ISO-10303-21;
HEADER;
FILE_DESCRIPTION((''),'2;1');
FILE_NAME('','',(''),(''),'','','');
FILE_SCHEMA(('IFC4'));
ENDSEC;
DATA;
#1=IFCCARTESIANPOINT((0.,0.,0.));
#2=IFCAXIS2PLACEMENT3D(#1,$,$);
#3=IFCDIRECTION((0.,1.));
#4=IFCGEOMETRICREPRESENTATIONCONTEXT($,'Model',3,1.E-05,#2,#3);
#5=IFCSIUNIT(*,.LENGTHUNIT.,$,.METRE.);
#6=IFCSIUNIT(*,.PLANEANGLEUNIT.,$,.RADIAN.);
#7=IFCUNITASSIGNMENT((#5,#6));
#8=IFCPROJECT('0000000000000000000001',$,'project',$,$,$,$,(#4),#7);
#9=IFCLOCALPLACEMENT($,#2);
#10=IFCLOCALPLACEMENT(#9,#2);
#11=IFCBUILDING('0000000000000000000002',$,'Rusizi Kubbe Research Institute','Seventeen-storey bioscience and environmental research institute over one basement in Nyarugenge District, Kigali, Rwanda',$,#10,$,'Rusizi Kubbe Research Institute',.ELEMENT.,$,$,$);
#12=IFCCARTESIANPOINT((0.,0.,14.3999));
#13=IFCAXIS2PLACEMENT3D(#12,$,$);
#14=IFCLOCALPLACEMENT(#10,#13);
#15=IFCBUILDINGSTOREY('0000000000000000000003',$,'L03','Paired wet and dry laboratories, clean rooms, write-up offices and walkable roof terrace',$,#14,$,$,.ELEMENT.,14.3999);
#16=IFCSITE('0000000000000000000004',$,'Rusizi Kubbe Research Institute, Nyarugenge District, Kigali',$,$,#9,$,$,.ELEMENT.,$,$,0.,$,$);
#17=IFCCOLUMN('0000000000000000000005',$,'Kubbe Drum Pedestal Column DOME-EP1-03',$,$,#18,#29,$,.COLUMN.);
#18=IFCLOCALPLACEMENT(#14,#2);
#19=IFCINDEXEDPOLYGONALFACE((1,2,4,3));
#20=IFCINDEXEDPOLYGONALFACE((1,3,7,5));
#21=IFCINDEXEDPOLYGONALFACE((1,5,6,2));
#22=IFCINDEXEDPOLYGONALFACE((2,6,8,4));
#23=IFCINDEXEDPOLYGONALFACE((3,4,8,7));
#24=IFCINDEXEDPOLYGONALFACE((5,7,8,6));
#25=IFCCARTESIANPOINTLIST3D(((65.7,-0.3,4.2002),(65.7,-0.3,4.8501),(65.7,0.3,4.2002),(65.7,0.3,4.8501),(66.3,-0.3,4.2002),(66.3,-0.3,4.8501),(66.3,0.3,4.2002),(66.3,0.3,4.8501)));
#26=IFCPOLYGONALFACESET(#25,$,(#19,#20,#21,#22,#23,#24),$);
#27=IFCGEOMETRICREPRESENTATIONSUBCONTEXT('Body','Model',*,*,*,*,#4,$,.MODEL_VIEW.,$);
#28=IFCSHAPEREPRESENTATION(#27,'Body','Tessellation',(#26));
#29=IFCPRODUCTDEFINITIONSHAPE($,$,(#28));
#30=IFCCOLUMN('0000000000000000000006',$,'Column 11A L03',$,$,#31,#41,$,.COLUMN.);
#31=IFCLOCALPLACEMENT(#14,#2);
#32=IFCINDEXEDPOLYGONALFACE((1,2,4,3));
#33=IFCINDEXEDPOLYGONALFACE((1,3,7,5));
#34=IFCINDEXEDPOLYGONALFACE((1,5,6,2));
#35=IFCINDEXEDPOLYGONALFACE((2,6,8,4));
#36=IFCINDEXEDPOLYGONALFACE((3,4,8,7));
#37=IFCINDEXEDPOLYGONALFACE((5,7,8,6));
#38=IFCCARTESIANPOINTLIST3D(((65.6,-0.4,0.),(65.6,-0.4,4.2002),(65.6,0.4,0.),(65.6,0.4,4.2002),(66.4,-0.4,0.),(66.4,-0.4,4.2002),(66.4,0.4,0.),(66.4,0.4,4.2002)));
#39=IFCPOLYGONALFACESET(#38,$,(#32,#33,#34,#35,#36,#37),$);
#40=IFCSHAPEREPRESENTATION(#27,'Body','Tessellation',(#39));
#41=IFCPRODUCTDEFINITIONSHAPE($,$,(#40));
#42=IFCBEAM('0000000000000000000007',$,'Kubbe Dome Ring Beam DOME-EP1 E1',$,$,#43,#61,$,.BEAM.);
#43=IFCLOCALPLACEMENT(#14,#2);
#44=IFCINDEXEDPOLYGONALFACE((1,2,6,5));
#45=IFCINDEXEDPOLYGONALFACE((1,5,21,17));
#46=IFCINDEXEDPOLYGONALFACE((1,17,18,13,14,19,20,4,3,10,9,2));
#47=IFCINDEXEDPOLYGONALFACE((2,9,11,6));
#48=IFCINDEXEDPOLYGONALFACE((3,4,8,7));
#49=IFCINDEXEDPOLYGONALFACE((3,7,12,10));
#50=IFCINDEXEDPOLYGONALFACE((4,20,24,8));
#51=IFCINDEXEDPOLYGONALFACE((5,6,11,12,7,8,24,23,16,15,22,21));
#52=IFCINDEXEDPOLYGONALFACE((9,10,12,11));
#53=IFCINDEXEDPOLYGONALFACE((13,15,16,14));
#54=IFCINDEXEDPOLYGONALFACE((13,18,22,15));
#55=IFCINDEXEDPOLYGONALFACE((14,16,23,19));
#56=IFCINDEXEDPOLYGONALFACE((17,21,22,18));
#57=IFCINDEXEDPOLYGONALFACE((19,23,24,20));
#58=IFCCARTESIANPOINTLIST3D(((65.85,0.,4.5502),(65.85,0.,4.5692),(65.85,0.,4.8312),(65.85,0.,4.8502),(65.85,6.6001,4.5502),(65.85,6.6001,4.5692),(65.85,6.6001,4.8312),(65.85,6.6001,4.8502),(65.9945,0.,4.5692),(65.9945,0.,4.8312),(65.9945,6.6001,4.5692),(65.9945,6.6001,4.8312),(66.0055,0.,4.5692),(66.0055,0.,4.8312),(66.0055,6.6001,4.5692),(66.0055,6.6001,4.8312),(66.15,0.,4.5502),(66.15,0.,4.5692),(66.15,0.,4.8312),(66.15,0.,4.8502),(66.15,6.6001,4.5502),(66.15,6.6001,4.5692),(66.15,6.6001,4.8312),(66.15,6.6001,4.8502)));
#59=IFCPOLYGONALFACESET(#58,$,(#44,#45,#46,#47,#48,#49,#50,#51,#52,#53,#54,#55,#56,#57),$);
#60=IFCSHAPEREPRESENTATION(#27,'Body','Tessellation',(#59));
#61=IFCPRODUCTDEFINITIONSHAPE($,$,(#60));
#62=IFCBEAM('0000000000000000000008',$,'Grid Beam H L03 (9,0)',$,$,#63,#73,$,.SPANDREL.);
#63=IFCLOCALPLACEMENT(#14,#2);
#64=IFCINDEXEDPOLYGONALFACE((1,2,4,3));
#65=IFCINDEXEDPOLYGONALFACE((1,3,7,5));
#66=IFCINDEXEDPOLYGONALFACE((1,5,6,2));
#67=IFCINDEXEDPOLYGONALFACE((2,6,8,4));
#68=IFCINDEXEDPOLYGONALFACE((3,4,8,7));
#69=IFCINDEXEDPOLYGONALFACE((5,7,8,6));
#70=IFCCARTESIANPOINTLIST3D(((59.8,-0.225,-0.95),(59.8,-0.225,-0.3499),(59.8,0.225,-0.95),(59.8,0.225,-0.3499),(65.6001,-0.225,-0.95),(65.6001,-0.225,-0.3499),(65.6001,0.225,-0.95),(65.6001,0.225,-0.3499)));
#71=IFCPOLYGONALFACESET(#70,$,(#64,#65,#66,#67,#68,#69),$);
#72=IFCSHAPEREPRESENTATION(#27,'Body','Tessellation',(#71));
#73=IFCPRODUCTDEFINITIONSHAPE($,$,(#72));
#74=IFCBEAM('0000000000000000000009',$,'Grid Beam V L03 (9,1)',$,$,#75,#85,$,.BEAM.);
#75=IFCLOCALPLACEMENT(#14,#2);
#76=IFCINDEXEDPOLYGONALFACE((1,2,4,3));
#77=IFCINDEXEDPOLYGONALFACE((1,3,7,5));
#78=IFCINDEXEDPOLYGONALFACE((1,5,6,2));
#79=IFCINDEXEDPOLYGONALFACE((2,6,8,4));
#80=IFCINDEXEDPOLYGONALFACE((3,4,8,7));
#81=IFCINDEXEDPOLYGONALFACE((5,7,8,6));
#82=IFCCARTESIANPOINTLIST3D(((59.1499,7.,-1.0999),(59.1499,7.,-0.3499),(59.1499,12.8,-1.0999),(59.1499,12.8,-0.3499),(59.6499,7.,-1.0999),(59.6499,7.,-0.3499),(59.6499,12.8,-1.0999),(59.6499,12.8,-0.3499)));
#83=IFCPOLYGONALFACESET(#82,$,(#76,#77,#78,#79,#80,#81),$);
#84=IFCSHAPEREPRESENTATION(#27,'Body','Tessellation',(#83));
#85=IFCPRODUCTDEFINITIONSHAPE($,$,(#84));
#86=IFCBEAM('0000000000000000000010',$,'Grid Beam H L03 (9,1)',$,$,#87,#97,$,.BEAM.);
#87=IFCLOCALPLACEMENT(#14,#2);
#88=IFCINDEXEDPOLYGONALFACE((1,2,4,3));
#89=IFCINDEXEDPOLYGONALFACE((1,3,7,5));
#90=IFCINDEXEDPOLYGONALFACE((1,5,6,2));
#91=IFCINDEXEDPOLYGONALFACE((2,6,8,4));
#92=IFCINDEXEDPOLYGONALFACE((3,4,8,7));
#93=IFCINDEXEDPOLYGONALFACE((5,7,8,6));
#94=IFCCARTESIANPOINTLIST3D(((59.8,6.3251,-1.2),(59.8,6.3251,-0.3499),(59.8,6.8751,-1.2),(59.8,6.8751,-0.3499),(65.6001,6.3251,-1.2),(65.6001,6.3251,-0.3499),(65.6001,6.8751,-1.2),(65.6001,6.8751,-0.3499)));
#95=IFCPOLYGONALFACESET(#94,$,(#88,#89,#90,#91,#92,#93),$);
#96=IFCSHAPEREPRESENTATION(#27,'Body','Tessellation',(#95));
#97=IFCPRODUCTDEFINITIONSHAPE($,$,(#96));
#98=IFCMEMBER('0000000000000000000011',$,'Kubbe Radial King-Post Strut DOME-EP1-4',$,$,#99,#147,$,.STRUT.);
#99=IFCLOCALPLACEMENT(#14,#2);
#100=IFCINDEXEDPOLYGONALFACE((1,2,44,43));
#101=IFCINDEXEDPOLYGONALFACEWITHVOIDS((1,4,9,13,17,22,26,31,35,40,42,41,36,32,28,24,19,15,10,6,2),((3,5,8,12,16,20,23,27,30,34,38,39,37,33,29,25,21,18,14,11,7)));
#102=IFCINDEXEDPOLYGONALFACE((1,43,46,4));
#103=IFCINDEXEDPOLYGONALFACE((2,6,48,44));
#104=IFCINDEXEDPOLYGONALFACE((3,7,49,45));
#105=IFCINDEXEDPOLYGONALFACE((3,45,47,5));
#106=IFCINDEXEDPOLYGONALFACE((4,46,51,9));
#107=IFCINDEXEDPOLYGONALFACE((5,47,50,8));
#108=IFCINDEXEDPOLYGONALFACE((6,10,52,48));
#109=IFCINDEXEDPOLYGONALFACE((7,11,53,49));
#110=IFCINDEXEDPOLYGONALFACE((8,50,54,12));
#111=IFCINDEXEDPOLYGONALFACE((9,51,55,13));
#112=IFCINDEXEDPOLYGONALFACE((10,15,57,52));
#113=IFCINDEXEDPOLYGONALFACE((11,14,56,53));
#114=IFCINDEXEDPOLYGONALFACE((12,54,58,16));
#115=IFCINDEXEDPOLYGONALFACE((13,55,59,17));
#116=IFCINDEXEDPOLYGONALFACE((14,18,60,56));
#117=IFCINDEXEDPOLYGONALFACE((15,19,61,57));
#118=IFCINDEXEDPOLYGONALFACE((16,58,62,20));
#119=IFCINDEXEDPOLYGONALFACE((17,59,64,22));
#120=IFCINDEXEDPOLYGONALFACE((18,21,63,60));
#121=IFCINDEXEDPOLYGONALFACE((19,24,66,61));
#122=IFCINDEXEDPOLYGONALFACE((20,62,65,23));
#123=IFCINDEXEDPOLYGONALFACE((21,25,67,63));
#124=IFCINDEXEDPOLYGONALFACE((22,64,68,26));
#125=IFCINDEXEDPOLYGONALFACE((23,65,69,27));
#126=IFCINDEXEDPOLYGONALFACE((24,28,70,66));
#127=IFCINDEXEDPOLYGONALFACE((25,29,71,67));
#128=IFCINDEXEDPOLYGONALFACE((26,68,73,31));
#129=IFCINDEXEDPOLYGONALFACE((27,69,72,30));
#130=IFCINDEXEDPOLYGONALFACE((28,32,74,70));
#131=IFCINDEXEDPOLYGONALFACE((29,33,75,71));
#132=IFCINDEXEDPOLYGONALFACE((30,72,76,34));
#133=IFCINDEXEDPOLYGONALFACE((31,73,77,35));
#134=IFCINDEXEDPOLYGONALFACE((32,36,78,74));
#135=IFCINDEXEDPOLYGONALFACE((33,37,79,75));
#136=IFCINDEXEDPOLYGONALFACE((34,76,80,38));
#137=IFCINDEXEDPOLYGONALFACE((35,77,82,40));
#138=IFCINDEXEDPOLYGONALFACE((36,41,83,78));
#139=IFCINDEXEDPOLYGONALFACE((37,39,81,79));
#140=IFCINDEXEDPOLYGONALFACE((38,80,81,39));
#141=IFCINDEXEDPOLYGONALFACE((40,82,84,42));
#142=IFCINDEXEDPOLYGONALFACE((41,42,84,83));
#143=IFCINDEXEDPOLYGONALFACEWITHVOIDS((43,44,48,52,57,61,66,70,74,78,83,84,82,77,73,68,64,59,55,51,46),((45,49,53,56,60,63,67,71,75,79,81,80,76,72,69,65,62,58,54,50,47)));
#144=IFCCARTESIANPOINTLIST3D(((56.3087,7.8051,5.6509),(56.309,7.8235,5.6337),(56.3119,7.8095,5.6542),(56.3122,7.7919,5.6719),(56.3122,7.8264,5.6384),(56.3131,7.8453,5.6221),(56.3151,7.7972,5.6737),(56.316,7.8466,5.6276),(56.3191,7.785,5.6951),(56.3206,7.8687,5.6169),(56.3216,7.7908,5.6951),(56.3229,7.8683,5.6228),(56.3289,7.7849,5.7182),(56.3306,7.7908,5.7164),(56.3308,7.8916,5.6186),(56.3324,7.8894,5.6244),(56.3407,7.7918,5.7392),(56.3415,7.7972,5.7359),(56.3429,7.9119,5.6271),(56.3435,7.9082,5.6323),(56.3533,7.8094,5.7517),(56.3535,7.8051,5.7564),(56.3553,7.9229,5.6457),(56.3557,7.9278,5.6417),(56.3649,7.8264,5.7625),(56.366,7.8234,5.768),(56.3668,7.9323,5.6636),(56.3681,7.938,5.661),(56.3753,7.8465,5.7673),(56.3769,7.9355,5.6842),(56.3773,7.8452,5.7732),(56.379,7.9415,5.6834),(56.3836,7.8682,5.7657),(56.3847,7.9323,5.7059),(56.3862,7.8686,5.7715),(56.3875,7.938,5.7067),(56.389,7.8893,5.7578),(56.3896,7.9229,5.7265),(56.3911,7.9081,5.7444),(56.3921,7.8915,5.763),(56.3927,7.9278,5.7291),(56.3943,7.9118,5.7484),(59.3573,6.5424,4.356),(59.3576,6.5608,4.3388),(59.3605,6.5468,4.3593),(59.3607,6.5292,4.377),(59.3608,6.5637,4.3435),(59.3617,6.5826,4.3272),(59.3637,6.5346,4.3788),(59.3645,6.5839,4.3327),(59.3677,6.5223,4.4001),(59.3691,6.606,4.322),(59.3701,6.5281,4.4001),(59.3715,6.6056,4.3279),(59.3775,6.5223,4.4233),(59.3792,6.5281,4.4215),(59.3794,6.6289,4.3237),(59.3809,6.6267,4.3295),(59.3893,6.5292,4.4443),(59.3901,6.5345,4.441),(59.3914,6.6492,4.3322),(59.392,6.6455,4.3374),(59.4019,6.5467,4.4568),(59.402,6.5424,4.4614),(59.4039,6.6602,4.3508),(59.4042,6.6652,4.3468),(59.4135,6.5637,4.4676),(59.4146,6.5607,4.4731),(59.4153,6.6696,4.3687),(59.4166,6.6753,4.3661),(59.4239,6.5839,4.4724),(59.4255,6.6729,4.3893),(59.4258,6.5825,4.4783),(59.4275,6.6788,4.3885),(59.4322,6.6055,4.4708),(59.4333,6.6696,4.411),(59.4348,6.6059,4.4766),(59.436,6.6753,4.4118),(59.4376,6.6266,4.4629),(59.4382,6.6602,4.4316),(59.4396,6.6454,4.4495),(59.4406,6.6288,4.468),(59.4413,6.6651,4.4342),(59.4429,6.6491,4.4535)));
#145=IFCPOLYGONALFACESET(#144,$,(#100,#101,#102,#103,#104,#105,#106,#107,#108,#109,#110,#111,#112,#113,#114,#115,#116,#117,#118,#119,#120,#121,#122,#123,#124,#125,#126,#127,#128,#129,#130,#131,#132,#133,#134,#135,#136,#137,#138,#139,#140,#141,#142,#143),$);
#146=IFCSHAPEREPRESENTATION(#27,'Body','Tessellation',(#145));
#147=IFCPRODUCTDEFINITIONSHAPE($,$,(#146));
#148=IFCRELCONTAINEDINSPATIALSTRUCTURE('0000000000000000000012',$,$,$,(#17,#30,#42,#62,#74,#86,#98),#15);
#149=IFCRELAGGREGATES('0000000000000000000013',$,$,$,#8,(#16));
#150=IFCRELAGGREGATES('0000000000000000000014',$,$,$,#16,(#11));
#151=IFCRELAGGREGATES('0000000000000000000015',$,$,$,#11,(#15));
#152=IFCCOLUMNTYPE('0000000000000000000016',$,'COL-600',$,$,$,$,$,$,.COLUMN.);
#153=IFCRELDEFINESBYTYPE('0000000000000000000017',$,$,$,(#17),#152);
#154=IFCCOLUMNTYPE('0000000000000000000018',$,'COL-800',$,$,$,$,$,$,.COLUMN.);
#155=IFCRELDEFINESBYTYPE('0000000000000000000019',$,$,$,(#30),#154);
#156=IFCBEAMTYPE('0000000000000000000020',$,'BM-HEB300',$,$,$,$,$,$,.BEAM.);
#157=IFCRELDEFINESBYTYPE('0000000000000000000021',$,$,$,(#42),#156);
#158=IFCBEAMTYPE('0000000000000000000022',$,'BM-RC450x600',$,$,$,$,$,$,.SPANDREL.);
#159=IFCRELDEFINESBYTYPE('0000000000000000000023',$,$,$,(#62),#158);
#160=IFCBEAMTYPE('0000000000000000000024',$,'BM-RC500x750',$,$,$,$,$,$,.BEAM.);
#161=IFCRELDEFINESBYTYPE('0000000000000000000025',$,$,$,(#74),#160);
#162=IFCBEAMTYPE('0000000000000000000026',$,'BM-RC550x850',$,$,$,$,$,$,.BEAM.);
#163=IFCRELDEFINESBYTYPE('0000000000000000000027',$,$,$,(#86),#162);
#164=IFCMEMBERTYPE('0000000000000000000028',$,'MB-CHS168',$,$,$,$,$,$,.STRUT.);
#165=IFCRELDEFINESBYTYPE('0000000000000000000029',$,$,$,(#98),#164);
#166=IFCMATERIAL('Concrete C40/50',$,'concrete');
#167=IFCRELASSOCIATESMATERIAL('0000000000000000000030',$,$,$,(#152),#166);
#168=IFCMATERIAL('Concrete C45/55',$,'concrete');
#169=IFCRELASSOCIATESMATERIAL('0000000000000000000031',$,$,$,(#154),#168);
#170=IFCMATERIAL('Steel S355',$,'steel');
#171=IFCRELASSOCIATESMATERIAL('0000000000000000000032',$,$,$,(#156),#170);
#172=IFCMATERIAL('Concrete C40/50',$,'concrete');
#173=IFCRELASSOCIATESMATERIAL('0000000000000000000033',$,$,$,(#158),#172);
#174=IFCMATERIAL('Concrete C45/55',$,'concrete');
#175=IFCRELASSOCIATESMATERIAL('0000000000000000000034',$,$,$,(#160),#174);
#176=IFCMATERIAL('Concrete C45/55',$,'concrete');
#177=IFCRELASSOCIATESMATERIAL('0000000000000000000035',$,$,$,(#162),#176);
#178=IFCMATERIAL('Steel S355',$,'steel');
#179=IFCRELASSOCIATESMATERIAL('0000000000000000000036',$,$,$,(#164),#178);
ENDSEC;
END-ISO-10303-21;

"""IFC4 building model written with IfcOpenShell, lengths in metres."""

from ifc_helpers import new_model, si_unit, direction, frame, origin, origin_2d, place, context, subcontext, project, spatial, rectangle, hollow_circle, i_section, extrude, material, material_profile, profile_set, type_object, element, save


model = new_model("IFC4")

# Units and contexts
model_context = context("Model", 3, precision=1e-05, world=origin(), true_north=direction((0.0, 1.0)))
body_context = subcontext(model_context, "Body", "Model", "MODEL_VIEW")
ifc_project = project(units=[si_unit("LENGTHUNIT", "METRE"), si_unit("PLANEANGLEUNIT", "RADIAN")], contexts=[model_context])

# Site, building, storey
site_placement = place(None, origin())
site = spatial("IfcSite", under=ifc_project, at=site_placement, Name="Rusizi Kubbe Research Institute, Nyarugenge District, Kigali", CompositionType="ELEMENT", RefElevation=0.0)
building_placement = place(site_placement, origin())
building = spatial("IfcBuilding", under=site, at=building_placement, Name="Rusizi Kubbe Research Institute", Description="Seventeen-storey bioscience and environmental research institute over one basement in Nyarugenge District, Kigali, Rwanda", LongName="Rusizi Kubbe Research Institute", CompositionType="ELEMENT")
storey_placement = place(building_placement, frame((0.0, 0.0, 14.3999)))
storey = spatial("IfcBuildingStorey", under=building, at=storey_placement, Name="L03", Description="Paired wet and dry laboratories, clean rooms, write-up offices and walkable roof terrace", CompositionType="ELEMENT", Elevation=14.3999)

# Columns
ifc_material_1 = material(Name="Concrete C40/50", Category="concrete")
ifc_material_profile_1 = material_profile(ifc_material_1, rectangle(XDim=0.6001, YDim=0.6001, at=origin_2d()), Name="RC600x600")
ifc_profile_set_1 = profile_set([ifc_material_profile_1], Name="Concrete C40/50")
column_type_1 = type_object("IfcColumnType", Name="COL-600", PredefinedType="COLUMN", material=ifc_profile_set_1)
column_1_placement = place(storey_placement, frame((66.0, 0.0, 4.2002), z_axis=(0.0, 0.0, 1.0), x_axis=(1.0, 0.0, 0.0)))
element("IfcColumn", 1, at=column_1_placement, inside=storey, type_object=column_type_1, Name="Kubbe Drum Pedestal Column DOME-EP1-03", PredefinedType="COLUMN", context=body_context, shape_type="SweptSolid", body=[
    extrude(rectangle(XDim=0.6001, YDim=0.6001, at=origin_2d()), origin(), (0.0, 0.0, 1.0), 0.6499),
])
ifc_material_2 = material(Name="Concrete C45/55", Category="concrete")
ifc_material_profile_2 = material_profile(ifc_material_2, rectangle(XDim=0.8, YDim=0.8, at=origin_2d()), Name="RC800x800")
ifc_profile_set_2 = profile_set([ifc_material_profile_2], Name="Concrete C45/55")
column_type_2 = type_object("IfcColumnType", Name="COL-800", PredefinedType="COLUMN", material=ifc_profile_set_2)
column_2_placement = place(storey_placement, frame((66.0, 0.0, 0.0), z_axis=(0.0, 0.0, 1.0), x_axis=(1.0, 0.0, 0.0)))
element("IfcColumn", 2, at=column_2_placement, inside=storey, type_object=column_type_2, Name="Column 11A L03", PredefinedType="COLUMN", context=body_context, shape_type="SweptSolid", body=[
    extrude(rectangle(XDim=0.8, YDim=0.8, at=origin_2d()), origin(), (0.0, 0.0, 1.0), 4.2002),
])

# Beams
ifc_material_3 = material(Name="Steel S355", Category="steel")
ifc_material_profile_3 = material_profile(ifc_material_3, i_section(OverallWidth=0.3, OverallDepth=0.3, WebThickness=0.011, FlangeThickness=0.019, at=origin_2d()), Name="HEB 300")
ifc_profile_set_3 = profile_set([ifc_material_profile_3], Name="Steel S355")
beam_type_1 = type_object("IfcBeamType", Name="BM-HEB300", PredefinedType="BEAM", material=ifc_profile_set_3)
beam_1_placement = place(storey_placement, frame((66.0, 0.0, 4.7002), z_axis=(0.0, 1.0, 0.0), x_axis=(-1.0, 0.0, 0.0)))
element("IfcBeam", 3, at=beam_1_placement, inside=storey, type_object=beam_type_1, Name="Kubbe Dome Ring Beam DOME-EP1 E1", PredefinedType="BEAM", context=body_context, shape_type="SweptSolid", body=[
    extrude(i_section(OverallWidth=0.3, OverallDepth=0.3, WebThickness=0.011, FlangeThickness=0.019, at=origin_2d()), origin(), (0.0, 0.0, 1.0), 6.6001),
])
ifc_material_4 = material(Name="Concrete C40/50", Category="concrete")
ifc_material_profile_4 = material_profile(ifc_material_4, rectangle(XDim=0.45, YDim=0.6001, at=origin_2d()), Name="RC450x600")
ifc_profile_set_4 = profile_set([ifc_material_profile_4], Name="Concrete C40/50")
beam_type_2 = type_object("IfcBeamType", Name="BM-RC450x600", PredefinedType="SPANDREL", material=ifc_profile_set_4)
beam_2_placement = place(storey_placement, frame((59.8, 0.0, -0.6499), z_axis=(1.0, 0.0, 0.0), x_axis=(0.0, 1.0, 0.0)))
element("IfcBeam", 4, at=beam_2_placement, inside=storey, type_object=beam_type_2, Name="Grid Beam H L03 (9,0)", PredefinedType="SPANDREL", context=body_context, shape_type="SweptSolid", body=[
    extrude(rectangle(XDim=0.45, YDim=0.6001, at=origin_2d()), origin(), (0.0, 0.0, 1.0), 5.8),
])
ifc_material_5 = material(Name="Concrete C45/55", Category="concrete")
ifc_material_profile_5 = material_profile(ifc_material_5, rectangle(XDim=0.5, YDim=0.75, at=origin_2d()), Name="RC500x750B")
ifc_profile_set_5 = profile_set([ifc_material_profile_5], Name="Concrete C45/55")
beam_type_3 = type_object("IfcBeamType", Name="BM-RC500x750", PredefinedType="BEAM", material=ifc_profile_set_5)
beam_3_placement = place(storey_placement, frame((59.3999, 7.0, -0.7249), z_axis=(0.0, 1.0, 0.0), x_axis=(-1.0, 0.0, 0.0)))
element("IfcBeam", 5, at=beam_3_placement, inside=storey, type_object=beam_type_3, Name="Grid Beam V L03 (9,1)", PredefinedType="BEAM", context=body_context, shape_type="SweptSolid", body=[
    extrude(rectangle(XDim=0.5, YDim=0.75, at=origin_2d()), origin(), (0.0, 0.0, 1.0), 5.8),
])
ifc_material_6 = material(Name="Concrete C45/55", Category="concrete")
ifc_material_profile_6 = material_profile(ifc_material_6, rectangle(XDim=0.55, YDim=0.8501, at=origin_2d()), Name="RC550x850")
ifc_profile_set_6 = profile_set([ifc_material_profile_6], Name="Concrete C45/55")
beam_type_4 = type_object("IfcBeamType", Name="BM-RC550x850", PredefinedType="BEAM", material=ifc_profile_set_6)
beam_4_placement = place(storey_placement, frame((59.8, 6.6001, -0.7749), z_axis=(1.0, 0.0, 0.0), x_axis=(0.0, 1.0, 0.0)))
element("IfcBeam", 6, at=beam_4_placement, inside=storey, type_object=beam_type_4, Name="Grid Beam H L03 (9,1)", PredefinedType="BEAM", context=body_context, shape_type="SweptSolid", body=[
    extrude(rectangle(XDim=0.55, YDim=0.8501, at=origin_2d()), origin(), (0.0, 0.0, 1.0), 5.8),
])

# Member
ifc_material_7 = material(Name="Steel S355", Category="steel")
ifc_material_profile_7 = material_profile(ifc_material_7, hollow_circle(Radius=0.0842, WallThickness=0.0063, at=origin_2d()), Name="CHS 168.3x6.3")
ifc_profile_set_7 = profile_set([ifc_material_profile_7], Name="Steel S355")
member_type_1 = type_object("IfcMemberType", Name="MB-CHS168", PredefinedType="STRUT", material=ifc_profile_set_7)
member_1_placement = place(storey_placement, frame((59.3999, 6.6001, 4.4001), z_axis=(-0.860034, 0.356218, 0.365309), x_axis=(-0.382665, -0.923887, 0.0)))
element("IfcMember", 7, at=member_1_placement, inside=storey, type_object=member_type_1, Name="Kubbe Radial King-Post Strut DOME-EP1-4", PredefinedType="STRUT", context=body_context, shape_type="SweptSolid", body=[
    extrude(hollow_circle(Radius=0.0842, WallThickness=0.0063, at=origin_2d()), origin(), (0.0, 0.0, 1.0), 3.5447),
])

save(model, "model.ifc")
